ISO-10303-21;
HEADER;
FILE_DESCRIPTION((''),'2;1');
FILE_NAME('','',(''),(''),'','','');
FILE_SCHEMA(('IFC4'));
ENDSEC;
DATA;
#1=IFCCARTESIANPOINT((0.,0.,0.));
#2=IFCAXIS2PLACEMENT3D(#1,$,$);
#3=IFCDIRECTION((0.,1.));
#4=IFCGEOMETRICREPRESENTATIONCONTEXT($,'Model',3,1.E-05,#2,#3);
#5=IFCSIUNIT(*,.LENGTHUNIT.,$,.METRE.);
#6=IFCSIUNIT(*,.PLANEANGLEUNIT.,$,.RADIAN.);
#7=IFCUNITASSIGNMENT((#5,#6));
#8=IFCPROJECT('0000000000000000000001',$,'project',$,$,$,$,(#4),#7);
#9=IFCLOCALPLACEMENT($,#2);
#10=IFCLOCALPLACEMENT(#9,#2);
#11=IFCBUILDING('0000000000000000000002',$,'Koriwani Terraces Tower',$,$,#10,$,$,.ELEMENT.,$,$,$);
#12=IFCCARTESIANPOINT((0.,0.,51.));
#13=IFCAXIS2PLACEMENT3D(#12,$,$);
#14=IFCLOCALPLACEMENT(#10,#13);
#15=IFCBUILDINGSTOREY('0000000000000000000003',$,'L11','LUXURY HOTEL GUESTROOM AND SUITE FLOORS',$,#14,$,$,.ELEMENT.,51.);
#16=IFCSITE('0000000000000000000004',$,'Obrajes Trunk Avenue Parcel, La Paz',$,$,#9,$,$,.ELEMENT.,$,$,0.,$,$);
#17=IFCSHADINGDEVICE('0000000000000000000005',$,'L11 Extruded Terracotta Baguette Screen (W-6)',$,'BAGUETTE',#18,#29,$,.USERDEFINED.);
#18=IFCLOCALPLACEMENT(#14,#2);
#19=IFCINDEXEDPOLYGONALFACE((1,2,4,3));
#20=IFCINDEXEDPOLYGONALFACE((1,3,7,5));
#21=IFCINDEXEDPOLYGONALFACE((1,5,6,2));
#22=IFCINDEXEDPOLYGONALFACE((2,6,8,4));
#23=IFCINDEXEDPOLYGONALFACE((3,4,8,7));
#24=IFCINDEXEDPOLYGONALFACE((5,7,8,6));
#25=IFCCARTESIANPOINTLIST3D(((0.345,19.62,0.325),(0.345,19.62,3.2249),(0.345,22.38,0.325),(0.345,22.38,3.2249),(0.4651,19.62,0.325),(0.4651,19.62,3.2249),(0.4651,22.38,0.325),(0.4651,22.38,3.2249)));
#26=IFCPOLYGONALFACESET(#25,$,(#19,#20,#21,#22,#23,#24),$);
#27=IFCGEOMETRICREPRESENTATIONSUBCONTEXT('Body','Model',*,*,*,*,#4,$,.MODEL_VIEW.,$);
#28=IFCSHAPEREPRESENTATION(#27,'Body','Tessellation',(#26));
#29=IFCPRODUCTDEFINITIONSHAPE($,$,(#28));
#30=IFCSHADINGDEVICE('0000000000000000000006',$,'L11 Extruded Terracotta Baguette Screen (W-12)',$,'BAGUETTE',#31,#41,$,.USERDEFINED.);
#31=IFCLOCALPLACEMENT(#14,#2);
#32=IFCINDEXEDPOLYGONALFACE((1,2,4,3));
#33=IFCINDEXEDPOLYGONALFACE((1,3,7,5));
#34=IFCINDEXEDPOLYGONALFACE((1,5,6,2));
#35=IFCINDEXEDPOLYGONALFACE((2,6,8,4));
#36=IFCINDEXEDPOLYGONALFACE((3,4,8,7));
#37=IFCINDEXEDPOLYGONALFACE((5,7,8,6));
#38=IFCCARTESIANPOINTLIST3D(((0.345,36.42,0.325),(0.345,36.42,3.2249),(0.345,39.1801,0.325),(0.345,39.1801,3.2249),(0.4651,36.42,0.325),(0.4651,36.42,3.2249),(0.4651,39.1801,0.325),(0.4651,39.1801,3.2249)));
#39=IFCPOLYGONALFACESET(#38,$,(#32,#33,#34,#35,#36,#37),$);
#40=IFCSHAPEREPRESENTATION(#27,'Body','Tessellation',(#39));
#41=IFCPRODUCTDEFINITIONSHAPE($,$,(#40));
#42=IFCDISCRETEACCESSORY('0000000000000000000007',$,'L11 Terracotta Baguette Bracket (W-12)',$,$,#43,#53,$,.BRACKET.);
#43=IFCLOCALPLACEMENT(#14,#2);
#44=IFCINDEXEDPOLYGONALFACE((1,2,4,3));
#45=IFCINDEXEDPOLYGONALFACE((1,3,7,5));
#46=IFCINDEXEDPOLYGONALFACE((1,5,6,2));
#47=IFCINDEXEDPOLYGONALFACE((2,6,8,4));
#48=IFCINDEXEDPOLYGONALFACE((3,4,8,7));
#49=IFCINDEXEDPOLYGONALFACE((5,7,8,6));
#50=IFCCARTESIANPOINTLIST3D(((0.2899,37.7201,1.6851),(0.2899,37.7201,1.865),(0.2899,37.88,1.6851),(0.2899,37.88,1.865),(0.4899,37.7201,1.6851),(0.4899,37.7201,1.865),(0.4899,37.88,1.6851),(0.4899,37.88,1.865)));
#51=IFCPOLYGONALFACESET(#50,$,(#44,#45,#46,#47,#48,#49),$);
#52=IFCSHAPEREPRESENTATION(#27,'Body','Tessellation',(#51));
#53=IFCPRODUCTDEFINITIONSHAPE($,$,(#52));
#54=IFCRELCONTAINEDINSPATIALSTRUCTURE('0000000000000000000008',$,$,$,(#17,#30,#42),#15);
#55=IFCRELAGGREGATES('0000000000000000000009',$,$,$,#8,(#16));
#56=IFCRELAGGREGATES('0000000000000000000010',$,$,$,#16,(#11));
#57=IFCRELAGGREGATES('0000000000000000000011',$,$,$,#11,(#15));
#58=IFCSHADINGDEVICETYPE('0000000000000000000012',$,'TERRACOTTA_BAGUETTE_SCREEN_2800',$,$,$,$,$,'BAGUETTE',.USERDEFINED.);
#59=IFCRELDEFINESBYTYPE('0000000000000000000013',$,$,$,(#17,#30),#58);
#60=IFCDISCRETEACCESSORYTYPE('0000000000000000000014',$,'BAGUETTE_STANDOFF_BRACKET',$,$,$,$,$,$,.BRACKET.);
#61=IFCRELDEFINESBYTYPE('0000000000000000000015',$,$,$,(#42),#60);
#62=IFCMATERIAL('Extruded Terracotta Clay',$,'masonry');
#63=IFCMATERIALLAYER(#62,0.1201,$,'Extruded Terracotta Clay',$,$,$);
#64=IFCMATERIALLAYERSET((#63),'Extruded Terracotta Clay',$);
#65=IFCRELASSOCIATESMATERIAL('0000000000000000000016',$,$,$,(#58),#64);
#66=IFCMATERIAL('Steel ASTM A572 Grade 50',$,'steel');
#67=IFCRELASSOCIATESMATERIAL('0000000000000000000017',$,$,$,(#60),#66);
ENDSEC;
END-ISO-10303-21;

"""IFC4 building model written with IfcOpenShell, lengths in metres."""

from ifc_helpers import new_model, si_unit, direction, frame, origin, origin_2d, place, context, subcontext, project, spatial, rectangle, extrude, material, layer, layer_set, type_object, element, save


model = new_model("IFC4")

# Units and contexts
model_context = context("Model", 3, precision=1e-05, world=origin(), true_north=direction((0.0, 1.0)))
body_context = subcontext(model_context, "Body", "Model", "MODEL_VIEW")
ifc_project = project(units=[si_unit("LENGTHUNIT", "METRE"), si_unit("PLANEANGLEUNIT", "RADIAN")], contexts=[model_context])

# Site, building, storey
site_placement = place(None, origin())
site = spatial("IfcSite", under=ifc_project, at=site_placement, Name="Obrajes Trunk Avenue Parcel, La Paz", CompositionType="ELEMENT", RefElevation=0.0)
building_placement = place(site_placement, origin())
building = spatial("IfcBuilding", under=site, at=building_placement, Name="Koriwani Terraces Tower", CompositionType="ELEMENT")
storey_placement = place(building_placement, frame((0.0, 0.0, 51.0)))
storey = spatial("IfcBuildingStorey", under=building, at=storey_placement, Name="L11", Description="LUXURY HOTEL GUESTROOM AND SUITE FLOORS", CompositionType="ELEMENT", Elevation=51.0)

# Shared definitions
ifc_material_1 = material(Name="Steel ASTM A572 Grade 50", Category="steel")

# Shading devices
ifc_material_2 = material(Name="Extruded Terracotta Clay", Category="masonry")
ifc_layer_1 = layer(ifc_material_2, 0.1201, Name="Extruded Terracotta Clay")
ifc_layer_set_1 = layer_set([ifc_layer_1], Name="Extruded Terracotta Clay")
shading_device_type = type_object("IfcShadingDeviceType", Name="TERRACOTTA_BAGUETTE_SCREEN_2800", ElementType="BAGUETTE", PredefinedType="USERDEFINED", material=ifc_layer_set_1)
for number, where, z_axis, x_axis, name in (
    (1, (0.405, 21.0, 0.325), (0.0, 0.0, 1.0), (0.0, 1.0, 0.0), "L11 Extruded Terracotta Baguette Screen (W-6)"),
    (2, (0.405, 37.8, 0.325), (0.0, 0.0, 1.0), (0.0, 1.0, 0.0), "L11 Extruded Terracotta Baguette Screen (W-12)"),
):
    element("IfcShadingDevice", number, at=place(storey_placement, frame(where, z_axis=z_axis, x_axis=x_axis)), inside=storey, type_object=shading_device_type, Name=name, ObjectType="BAGUETTE", PredefinedType="USERDEFINED", context=body_context, shape_type="SweptSolid", body=[
        extrude(rectangle(XDim=2.76, YDim=0.1201, at=origin_2d()), origin(), (0.0, 0.0, 1.0), 2.8999),
    ])

# Discrete accessory
discrete_accessory_type = type_object("IfcDiscreteAccessoryType", Name="BAGUETTE_STANDOFF_BRACKET", PredefinedType="BRACKET", material=ifc_material_1)
discrete_accessory_placement = place(storey_placement, frame((0.3899, 37.8, 1.6851), z_axis=(0.0, 0.0, 1.0), x_axis=(0.0, 1.0, 0.0)))
element("IfcDiscreteAccessory", 3, at=discrete_accessory_placement, inside=storey, type_object=discrete_accessory_type, Name="L11 Terracotta Baguette Bracket (W-12)", PredefinedType="BRACKET", context=body_context, shape_type="SweptSolid", body=[
    extrude(rectangle(XDim=0.1599, YDim=0.2, at=origin_2d()), origin(), (0.0, 0.0, 1.0), 0.1799),
])

save(model, "model.ifc")
